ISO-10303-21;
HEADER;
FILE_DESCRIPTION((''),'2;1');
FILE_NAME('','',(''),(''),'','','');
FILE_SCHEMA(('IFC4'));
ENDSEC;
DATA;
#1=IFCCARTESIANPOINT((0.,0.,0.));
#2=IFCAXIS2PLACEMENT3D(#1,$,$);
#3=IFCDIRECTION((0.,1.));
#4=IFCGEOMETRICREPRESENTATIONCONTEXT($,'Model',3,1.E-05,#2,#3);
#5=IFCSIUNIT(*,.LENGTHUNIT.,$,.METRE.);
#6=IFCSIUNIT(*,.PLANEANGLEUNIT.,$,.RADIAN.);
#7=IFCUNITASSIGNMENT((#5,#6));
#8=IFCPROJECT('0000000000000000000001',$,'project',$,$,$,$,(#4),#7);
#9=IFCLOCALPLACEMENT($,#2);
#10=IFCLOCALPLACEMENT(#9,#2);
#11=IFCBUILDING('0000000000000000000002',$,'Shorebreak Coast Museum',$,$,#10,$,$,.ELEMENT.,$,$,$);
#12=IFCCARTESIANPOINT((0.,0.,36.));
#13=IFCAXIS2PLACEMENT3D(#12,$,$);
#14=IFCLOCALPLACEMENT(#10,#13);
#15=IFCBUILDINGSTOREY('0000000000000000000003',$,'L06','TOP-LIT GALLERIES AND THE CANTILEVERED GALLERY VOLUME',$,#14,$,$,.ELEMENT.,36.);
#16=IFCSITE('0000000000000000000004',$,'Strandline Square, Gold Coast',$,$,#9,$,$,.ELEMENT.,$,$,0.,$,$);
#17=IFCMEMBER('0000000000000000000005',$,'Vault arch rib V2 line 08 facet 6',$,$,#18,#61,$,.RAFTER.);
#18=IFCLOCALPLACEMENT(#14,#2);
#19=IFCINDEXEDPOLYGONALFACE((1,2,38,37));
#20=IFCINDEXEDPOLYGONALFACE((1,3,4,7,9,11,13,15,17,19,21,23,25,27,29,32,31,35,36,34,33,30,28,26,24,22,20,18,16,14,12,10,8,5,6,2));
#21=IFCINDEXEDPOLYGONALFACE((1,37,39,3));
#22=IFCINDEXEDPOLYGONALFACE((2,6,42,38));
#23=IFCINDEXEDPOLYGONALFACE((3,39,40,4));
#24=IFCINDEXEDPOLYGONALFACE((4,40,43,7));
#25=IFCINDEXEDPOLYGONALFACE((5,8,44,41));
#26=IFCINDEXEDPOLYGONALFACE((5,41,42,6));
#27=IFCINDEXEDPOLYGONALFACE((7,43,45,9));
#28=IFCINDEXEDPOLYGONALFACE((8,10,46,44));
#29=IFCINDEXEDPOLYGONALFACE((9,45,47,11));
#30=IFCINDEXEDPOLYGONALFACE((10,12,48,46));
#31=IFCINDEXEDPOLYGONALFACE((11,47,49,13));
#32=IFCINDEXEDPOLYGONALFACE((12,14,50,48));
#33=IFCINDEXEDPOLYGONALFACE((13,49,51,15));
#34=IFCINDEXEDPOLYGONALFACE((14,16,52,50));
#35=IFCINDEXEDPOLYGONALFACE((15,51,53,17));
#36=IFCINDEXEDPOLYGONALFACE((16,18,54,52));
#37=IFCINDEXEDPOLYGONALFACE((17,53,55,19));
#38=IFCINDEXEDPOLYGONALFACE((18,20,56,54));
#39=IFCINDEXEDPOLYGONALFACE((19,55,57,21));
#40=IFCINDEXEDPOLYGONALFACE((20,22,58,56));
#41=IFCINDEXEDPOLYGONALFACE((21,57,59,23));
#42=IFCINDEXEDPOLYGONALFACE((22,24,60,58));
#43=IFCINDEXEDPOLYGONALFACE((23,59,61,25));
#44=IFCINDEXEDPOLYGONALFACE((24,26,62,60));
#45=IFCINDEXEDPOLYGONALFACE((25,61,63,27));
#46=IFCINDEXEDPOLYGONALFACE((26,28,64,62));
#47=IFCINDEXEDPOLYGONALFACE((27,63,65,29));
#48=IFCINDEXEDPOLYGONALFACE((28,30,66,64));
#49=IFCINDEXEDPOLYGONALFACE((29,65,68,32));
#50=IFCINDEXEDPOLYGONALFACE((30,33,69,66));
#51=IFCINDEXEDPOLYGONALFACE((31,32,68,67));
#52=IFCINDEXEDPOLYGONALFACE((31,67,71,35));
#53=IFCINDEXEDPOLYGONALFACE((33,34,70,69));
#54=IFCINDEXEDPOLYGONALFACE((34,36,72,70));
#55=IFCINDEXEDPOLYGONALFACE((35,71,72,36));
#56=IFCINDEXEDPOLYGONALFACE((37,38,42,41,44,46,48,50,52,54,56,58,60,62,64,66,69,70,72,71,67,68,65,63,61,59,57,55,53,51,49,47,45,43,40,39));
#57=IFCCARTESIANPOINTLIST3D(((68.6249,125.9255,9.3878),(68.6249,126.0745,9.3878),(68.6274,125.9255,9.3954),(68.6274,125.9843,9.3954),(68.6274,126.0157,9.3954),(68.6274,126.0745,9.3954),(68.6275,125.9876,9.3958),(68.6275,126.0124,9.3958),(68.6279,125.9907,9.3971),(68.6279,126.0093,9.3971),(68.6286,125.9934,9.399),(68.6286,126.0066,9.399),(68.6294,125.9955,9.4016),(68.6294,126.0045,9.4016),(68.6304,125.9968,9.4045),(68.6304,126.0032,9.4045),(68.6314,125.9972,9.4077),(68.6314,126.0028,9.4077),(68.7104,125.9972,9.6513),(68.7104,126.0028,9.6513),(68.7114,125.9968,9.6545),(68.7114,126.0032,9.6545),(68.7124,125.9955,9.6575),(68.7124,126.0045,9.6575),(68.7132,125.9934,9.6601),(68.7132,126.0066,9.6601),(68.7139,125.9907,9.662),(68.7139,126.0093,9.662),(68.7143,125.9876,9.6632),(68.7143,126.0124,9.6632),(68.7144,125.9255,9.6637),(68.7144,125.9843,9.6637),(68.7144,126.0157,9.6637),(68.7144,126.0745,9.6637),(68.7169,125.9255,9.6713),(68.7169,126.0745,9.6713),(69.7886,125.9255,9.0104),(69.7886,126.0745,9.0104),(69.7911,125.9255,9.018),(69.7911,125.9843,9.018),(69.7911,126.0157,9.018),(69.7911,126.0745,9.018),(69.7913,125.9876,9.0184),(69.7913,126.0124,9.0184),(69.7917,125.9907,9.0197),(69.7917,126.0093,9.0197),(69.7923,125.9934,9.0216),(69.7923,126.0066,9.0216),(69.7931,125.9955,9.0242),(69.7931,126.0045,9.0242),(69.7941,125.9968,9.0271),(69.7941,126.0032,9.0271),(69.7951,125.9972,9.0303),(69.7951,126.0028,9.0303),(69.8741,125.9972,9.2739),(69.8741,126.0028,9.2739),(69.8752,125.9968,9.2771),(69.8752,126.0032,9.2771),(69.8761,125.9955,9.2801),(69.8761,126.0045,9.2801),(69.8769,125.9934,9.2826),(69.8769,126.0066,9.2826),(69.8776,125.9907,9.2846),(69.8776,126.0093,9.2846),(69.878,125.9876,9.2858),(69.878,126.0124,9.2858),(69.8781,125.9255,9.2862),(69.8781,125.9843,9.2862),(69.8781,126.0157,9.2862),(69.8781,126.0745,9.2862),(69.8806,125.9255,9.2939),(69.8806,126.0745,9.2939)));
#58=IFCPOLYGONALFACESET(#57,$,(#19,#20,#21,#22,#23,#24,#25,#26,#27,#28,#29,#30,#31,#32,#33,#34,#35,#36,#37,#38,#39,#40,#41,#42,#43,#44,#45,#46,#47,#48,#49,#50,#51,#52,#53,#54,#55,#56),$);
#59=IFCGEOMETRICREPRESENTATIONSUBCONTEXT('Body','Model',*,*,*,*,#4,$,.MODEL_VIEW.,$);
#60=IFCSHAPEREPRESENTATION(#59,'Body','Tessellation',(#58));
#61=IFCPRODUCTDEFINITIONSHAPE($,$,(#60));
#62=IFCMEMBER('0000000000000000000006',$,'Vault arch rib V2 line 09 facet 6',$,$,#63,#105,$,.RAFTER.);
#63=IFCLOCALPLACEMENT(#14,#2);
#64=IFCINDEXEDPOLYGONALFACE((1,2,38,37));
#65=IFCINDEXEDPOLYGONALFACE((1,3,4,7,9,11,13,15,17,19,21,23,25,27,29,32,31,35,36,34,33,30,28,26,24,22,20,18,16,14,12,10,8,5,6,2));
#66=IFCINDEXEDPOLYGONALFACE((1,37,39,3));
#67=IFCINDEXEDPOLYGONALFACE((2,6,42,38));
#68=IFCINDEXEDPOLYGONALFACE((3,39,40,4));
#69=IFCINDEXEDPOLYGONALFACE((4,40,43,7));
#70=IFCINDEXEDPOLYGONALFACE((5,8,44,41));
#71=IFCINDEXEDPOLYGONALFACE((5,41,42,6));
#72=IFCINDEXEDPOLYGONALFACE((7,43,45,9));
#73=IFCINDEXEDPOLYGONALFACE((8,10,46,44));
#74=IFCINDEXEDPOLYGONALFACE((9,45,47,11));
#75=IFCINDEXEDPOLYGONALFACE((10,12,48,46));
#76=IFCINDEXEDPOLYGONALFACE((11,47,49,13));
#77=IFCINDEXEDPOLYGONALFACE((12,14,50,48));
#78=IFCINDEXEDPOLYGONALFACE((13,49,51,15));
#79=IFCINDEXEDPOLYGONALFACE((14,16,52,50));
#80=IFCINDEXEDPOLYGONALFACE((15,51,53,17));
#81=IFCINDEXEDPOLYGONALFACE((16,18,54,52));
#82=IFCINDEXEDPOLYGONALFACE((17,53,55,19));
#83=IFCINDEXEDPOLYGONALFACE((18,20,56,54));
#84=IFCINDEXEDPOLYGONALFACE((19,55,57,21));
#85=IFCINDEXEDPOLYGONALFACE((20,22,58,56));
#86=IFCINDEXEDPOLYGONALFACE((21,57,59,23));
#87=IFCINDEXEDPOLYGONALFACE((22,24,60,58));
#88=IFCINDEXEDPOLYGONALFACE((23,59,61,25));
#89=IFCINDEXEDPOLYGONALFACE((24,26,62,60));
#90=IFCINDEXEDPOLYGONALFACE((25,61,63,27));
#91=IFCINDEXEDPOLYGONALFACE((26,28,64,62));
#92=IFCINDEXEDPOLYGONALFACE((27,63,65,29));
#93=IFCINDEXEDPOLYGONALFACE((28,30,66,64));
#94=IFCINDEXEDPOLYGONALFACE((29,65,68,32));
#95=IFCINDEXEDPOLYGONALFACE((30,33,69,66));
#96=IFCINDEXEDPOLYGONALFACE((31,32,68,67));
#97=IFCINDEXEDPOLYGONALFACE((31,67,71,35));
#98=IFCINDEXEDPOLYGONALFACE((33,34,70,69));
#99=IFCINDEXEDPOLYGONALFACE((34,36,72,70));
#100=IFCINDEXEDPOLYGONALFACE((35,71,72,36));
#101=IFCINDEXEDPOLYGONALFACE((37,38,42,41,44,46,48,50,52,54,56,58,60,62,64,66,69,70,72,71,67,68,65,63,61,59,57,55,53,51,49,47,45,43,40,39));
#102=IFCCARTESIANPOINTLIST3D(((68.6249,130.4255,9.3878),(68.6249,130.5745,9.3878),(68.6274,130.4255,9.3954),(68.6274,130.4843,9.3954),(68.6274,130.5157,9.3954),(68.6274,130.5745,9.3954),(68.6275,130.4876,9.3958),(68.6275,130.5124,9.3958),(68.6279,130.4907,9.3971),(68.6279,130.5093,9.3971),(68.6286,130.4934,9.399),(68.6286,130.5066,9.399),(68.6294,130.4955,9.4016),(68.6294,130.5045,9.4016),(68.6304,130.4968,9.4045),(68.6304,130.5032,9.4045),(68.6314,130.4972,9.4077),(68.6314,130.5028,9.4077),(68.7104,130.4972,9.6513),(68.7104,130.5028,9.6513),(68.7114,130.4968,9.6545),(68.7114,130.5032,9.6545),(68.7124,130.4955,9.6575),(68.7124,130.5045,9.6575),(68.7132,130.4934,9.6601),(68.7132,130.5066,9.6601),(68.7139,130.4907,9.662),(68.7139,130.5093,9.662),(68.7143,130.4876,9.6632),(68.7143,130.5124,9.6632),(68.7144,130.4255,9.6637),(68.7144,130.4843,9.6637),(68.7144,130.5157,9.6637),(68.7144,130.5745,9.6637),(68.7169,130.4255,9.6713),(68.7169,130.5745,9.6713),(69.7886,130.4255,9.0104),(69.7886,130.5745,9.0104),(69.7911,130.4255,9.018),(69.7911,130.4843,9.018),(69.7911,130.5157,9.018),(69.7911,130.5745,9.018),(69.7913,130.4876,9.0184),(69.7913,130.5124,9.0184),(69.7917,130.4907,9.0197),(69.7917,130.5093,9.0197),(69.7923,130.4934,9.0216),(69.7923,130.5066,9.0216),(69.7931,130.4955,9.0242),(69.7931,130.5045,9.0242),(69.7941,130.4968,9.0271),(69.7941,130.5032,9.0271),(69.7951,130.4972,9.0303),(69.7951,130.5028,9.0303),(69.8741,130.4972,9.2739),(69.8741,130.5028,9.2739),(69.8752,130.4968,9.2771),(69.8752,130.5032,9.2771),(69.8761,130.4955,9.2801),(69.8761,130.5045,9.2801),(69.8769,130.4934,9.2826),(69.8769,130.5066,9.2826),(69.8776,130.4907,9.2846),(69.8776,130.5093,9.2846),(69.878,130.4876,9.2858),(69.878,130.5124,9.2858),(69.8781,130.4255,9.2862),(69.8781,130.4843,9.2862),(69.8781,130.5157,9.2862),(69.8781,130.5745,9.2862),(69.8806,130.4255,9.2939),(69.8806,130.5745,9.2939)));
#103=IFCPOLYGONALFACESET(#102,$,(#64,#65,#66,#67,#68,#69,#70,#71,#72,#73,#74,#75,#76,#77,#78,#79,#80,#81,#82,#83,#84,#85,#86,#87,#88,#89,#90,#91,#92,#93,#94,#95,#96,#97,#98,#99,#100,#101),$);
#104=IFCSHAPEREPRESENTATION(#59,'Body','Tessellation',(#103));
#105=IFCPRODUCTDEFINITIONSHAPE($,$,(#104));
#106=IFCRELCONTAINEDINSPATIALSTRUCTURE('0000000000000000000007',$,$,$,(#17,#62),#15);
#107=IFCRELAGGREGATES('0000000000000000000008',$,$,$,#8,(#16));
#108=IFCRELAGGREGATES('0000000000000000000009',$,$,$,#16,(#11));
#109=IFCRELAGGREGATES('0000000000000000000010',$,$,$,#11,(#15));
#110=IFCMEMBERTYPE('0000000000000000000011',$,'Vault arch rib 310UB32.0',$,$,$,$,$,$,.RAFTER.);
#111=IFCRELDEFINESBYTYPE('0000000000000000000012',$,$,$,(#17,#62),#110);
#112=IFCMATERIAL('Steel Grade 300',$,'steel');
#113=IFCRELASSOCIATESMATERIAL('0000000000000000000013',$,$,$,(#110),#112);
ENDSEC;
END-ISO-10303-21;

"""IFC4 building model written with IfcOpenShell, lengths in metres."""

from ifc_helpers import new_model, si_unit, direction, frame, origin, origin_2d, place, context, subcontext, project, spatial, i_section, extrude, material, material_profile, profile_set, type_object, element, save


model = new_model("IFC4")

# Units and contexts
model_context = context("Model", 3, precision=1e-05, world=origin(), true_north=direction((0.0, 1.0)))
body_context = subcontext(model_context, "Body", "Model", "MODEL_VIEW")
ifc_project = project(units=[si_unit("LENGTHUNIT", "METRE"), si_unit("PLANEANGLEUNIT", "RADIAN")], contexts=[model_context])

# Site, building, storey
site_placement = place(None, origin())
site = spatial("IfcSite", under=ifc_project, at=site_placement, Name="Strandline Square, Gold Coast", CompositionType="ELEMENT", RefElevation=0.0)
building_placement = place(site_placement, origin())
building = spatial("IfcBuilding", under=site, at=building_placement, Name="Shorebreak Coast Museum", CompositionType="ELEMENT")
storey_placement = place(building_placement, frame((0.0, 0.0, 36.0)))
storey = spatial("IfcBuildingStorey", under=building, at=storey_placement, Name="L06", Description="TOP-LIT GALLERIES AND THE CANTILEVERED GALLERY VOLUME", CompositionType="ELEMENT", Elevation=36.0)

# Members
ifc_material_1 = material(Name="Steel Grade 300", Category="steel")
ifc_material_profile_1 = material_profile(ifc_material_1, i_section(OverallWidth=0.1489, OverallDepth=0.2981, WebThickness=0.0056, FlangeThickness=0.0081, FilletRadius=0.0129, at=origin_2d()), Name="310UB32.0")
ifc_profile_set_1 = profile_set([ifc_material_profile_1], Name="Steel Grade 300")
member_type_1 = type_object("IfcMemberType", Name="Vault arch rib 310UB32.0", PredefinedType="RAFTER", material=ifc_profile_set_1)
for number, where, z_axis, x_axis, name in (
    (1, (68.6709, 126.0, 9.5295), (0.951226, 0.0, -0.308495), (0.0, 1.0, 0.0), "Vault arch rib V2 line 08 facet 6"),
    (2, (68.6709, 130.5, 9.5295), (0.951226, 0.0, -0.308495), (0.0, 1.0, 0.0), "Vault arch rib V2 line 09 facet 6"),
):
    element("IfcMember", number, at=place(storey_placement, frame(where, z_axis=z_axis, x_axis=x_axis)), inside=storey, type_object=member_type_1, Name=name, PredefinedType="RAFTER", context=body_context, shape_type="SweptSolid", body=[
        extrude(i_section(OverallWidth=0.1489, OverallDepth=0.2981, WebThickness=0.0056, FlangeThickness=0.0081, FilletRadius=0.0129, at=origin_2d()), origin(), (0.0, 0.0, 1.0), 1.2234),
    ])

save(model, "model.ifc")
